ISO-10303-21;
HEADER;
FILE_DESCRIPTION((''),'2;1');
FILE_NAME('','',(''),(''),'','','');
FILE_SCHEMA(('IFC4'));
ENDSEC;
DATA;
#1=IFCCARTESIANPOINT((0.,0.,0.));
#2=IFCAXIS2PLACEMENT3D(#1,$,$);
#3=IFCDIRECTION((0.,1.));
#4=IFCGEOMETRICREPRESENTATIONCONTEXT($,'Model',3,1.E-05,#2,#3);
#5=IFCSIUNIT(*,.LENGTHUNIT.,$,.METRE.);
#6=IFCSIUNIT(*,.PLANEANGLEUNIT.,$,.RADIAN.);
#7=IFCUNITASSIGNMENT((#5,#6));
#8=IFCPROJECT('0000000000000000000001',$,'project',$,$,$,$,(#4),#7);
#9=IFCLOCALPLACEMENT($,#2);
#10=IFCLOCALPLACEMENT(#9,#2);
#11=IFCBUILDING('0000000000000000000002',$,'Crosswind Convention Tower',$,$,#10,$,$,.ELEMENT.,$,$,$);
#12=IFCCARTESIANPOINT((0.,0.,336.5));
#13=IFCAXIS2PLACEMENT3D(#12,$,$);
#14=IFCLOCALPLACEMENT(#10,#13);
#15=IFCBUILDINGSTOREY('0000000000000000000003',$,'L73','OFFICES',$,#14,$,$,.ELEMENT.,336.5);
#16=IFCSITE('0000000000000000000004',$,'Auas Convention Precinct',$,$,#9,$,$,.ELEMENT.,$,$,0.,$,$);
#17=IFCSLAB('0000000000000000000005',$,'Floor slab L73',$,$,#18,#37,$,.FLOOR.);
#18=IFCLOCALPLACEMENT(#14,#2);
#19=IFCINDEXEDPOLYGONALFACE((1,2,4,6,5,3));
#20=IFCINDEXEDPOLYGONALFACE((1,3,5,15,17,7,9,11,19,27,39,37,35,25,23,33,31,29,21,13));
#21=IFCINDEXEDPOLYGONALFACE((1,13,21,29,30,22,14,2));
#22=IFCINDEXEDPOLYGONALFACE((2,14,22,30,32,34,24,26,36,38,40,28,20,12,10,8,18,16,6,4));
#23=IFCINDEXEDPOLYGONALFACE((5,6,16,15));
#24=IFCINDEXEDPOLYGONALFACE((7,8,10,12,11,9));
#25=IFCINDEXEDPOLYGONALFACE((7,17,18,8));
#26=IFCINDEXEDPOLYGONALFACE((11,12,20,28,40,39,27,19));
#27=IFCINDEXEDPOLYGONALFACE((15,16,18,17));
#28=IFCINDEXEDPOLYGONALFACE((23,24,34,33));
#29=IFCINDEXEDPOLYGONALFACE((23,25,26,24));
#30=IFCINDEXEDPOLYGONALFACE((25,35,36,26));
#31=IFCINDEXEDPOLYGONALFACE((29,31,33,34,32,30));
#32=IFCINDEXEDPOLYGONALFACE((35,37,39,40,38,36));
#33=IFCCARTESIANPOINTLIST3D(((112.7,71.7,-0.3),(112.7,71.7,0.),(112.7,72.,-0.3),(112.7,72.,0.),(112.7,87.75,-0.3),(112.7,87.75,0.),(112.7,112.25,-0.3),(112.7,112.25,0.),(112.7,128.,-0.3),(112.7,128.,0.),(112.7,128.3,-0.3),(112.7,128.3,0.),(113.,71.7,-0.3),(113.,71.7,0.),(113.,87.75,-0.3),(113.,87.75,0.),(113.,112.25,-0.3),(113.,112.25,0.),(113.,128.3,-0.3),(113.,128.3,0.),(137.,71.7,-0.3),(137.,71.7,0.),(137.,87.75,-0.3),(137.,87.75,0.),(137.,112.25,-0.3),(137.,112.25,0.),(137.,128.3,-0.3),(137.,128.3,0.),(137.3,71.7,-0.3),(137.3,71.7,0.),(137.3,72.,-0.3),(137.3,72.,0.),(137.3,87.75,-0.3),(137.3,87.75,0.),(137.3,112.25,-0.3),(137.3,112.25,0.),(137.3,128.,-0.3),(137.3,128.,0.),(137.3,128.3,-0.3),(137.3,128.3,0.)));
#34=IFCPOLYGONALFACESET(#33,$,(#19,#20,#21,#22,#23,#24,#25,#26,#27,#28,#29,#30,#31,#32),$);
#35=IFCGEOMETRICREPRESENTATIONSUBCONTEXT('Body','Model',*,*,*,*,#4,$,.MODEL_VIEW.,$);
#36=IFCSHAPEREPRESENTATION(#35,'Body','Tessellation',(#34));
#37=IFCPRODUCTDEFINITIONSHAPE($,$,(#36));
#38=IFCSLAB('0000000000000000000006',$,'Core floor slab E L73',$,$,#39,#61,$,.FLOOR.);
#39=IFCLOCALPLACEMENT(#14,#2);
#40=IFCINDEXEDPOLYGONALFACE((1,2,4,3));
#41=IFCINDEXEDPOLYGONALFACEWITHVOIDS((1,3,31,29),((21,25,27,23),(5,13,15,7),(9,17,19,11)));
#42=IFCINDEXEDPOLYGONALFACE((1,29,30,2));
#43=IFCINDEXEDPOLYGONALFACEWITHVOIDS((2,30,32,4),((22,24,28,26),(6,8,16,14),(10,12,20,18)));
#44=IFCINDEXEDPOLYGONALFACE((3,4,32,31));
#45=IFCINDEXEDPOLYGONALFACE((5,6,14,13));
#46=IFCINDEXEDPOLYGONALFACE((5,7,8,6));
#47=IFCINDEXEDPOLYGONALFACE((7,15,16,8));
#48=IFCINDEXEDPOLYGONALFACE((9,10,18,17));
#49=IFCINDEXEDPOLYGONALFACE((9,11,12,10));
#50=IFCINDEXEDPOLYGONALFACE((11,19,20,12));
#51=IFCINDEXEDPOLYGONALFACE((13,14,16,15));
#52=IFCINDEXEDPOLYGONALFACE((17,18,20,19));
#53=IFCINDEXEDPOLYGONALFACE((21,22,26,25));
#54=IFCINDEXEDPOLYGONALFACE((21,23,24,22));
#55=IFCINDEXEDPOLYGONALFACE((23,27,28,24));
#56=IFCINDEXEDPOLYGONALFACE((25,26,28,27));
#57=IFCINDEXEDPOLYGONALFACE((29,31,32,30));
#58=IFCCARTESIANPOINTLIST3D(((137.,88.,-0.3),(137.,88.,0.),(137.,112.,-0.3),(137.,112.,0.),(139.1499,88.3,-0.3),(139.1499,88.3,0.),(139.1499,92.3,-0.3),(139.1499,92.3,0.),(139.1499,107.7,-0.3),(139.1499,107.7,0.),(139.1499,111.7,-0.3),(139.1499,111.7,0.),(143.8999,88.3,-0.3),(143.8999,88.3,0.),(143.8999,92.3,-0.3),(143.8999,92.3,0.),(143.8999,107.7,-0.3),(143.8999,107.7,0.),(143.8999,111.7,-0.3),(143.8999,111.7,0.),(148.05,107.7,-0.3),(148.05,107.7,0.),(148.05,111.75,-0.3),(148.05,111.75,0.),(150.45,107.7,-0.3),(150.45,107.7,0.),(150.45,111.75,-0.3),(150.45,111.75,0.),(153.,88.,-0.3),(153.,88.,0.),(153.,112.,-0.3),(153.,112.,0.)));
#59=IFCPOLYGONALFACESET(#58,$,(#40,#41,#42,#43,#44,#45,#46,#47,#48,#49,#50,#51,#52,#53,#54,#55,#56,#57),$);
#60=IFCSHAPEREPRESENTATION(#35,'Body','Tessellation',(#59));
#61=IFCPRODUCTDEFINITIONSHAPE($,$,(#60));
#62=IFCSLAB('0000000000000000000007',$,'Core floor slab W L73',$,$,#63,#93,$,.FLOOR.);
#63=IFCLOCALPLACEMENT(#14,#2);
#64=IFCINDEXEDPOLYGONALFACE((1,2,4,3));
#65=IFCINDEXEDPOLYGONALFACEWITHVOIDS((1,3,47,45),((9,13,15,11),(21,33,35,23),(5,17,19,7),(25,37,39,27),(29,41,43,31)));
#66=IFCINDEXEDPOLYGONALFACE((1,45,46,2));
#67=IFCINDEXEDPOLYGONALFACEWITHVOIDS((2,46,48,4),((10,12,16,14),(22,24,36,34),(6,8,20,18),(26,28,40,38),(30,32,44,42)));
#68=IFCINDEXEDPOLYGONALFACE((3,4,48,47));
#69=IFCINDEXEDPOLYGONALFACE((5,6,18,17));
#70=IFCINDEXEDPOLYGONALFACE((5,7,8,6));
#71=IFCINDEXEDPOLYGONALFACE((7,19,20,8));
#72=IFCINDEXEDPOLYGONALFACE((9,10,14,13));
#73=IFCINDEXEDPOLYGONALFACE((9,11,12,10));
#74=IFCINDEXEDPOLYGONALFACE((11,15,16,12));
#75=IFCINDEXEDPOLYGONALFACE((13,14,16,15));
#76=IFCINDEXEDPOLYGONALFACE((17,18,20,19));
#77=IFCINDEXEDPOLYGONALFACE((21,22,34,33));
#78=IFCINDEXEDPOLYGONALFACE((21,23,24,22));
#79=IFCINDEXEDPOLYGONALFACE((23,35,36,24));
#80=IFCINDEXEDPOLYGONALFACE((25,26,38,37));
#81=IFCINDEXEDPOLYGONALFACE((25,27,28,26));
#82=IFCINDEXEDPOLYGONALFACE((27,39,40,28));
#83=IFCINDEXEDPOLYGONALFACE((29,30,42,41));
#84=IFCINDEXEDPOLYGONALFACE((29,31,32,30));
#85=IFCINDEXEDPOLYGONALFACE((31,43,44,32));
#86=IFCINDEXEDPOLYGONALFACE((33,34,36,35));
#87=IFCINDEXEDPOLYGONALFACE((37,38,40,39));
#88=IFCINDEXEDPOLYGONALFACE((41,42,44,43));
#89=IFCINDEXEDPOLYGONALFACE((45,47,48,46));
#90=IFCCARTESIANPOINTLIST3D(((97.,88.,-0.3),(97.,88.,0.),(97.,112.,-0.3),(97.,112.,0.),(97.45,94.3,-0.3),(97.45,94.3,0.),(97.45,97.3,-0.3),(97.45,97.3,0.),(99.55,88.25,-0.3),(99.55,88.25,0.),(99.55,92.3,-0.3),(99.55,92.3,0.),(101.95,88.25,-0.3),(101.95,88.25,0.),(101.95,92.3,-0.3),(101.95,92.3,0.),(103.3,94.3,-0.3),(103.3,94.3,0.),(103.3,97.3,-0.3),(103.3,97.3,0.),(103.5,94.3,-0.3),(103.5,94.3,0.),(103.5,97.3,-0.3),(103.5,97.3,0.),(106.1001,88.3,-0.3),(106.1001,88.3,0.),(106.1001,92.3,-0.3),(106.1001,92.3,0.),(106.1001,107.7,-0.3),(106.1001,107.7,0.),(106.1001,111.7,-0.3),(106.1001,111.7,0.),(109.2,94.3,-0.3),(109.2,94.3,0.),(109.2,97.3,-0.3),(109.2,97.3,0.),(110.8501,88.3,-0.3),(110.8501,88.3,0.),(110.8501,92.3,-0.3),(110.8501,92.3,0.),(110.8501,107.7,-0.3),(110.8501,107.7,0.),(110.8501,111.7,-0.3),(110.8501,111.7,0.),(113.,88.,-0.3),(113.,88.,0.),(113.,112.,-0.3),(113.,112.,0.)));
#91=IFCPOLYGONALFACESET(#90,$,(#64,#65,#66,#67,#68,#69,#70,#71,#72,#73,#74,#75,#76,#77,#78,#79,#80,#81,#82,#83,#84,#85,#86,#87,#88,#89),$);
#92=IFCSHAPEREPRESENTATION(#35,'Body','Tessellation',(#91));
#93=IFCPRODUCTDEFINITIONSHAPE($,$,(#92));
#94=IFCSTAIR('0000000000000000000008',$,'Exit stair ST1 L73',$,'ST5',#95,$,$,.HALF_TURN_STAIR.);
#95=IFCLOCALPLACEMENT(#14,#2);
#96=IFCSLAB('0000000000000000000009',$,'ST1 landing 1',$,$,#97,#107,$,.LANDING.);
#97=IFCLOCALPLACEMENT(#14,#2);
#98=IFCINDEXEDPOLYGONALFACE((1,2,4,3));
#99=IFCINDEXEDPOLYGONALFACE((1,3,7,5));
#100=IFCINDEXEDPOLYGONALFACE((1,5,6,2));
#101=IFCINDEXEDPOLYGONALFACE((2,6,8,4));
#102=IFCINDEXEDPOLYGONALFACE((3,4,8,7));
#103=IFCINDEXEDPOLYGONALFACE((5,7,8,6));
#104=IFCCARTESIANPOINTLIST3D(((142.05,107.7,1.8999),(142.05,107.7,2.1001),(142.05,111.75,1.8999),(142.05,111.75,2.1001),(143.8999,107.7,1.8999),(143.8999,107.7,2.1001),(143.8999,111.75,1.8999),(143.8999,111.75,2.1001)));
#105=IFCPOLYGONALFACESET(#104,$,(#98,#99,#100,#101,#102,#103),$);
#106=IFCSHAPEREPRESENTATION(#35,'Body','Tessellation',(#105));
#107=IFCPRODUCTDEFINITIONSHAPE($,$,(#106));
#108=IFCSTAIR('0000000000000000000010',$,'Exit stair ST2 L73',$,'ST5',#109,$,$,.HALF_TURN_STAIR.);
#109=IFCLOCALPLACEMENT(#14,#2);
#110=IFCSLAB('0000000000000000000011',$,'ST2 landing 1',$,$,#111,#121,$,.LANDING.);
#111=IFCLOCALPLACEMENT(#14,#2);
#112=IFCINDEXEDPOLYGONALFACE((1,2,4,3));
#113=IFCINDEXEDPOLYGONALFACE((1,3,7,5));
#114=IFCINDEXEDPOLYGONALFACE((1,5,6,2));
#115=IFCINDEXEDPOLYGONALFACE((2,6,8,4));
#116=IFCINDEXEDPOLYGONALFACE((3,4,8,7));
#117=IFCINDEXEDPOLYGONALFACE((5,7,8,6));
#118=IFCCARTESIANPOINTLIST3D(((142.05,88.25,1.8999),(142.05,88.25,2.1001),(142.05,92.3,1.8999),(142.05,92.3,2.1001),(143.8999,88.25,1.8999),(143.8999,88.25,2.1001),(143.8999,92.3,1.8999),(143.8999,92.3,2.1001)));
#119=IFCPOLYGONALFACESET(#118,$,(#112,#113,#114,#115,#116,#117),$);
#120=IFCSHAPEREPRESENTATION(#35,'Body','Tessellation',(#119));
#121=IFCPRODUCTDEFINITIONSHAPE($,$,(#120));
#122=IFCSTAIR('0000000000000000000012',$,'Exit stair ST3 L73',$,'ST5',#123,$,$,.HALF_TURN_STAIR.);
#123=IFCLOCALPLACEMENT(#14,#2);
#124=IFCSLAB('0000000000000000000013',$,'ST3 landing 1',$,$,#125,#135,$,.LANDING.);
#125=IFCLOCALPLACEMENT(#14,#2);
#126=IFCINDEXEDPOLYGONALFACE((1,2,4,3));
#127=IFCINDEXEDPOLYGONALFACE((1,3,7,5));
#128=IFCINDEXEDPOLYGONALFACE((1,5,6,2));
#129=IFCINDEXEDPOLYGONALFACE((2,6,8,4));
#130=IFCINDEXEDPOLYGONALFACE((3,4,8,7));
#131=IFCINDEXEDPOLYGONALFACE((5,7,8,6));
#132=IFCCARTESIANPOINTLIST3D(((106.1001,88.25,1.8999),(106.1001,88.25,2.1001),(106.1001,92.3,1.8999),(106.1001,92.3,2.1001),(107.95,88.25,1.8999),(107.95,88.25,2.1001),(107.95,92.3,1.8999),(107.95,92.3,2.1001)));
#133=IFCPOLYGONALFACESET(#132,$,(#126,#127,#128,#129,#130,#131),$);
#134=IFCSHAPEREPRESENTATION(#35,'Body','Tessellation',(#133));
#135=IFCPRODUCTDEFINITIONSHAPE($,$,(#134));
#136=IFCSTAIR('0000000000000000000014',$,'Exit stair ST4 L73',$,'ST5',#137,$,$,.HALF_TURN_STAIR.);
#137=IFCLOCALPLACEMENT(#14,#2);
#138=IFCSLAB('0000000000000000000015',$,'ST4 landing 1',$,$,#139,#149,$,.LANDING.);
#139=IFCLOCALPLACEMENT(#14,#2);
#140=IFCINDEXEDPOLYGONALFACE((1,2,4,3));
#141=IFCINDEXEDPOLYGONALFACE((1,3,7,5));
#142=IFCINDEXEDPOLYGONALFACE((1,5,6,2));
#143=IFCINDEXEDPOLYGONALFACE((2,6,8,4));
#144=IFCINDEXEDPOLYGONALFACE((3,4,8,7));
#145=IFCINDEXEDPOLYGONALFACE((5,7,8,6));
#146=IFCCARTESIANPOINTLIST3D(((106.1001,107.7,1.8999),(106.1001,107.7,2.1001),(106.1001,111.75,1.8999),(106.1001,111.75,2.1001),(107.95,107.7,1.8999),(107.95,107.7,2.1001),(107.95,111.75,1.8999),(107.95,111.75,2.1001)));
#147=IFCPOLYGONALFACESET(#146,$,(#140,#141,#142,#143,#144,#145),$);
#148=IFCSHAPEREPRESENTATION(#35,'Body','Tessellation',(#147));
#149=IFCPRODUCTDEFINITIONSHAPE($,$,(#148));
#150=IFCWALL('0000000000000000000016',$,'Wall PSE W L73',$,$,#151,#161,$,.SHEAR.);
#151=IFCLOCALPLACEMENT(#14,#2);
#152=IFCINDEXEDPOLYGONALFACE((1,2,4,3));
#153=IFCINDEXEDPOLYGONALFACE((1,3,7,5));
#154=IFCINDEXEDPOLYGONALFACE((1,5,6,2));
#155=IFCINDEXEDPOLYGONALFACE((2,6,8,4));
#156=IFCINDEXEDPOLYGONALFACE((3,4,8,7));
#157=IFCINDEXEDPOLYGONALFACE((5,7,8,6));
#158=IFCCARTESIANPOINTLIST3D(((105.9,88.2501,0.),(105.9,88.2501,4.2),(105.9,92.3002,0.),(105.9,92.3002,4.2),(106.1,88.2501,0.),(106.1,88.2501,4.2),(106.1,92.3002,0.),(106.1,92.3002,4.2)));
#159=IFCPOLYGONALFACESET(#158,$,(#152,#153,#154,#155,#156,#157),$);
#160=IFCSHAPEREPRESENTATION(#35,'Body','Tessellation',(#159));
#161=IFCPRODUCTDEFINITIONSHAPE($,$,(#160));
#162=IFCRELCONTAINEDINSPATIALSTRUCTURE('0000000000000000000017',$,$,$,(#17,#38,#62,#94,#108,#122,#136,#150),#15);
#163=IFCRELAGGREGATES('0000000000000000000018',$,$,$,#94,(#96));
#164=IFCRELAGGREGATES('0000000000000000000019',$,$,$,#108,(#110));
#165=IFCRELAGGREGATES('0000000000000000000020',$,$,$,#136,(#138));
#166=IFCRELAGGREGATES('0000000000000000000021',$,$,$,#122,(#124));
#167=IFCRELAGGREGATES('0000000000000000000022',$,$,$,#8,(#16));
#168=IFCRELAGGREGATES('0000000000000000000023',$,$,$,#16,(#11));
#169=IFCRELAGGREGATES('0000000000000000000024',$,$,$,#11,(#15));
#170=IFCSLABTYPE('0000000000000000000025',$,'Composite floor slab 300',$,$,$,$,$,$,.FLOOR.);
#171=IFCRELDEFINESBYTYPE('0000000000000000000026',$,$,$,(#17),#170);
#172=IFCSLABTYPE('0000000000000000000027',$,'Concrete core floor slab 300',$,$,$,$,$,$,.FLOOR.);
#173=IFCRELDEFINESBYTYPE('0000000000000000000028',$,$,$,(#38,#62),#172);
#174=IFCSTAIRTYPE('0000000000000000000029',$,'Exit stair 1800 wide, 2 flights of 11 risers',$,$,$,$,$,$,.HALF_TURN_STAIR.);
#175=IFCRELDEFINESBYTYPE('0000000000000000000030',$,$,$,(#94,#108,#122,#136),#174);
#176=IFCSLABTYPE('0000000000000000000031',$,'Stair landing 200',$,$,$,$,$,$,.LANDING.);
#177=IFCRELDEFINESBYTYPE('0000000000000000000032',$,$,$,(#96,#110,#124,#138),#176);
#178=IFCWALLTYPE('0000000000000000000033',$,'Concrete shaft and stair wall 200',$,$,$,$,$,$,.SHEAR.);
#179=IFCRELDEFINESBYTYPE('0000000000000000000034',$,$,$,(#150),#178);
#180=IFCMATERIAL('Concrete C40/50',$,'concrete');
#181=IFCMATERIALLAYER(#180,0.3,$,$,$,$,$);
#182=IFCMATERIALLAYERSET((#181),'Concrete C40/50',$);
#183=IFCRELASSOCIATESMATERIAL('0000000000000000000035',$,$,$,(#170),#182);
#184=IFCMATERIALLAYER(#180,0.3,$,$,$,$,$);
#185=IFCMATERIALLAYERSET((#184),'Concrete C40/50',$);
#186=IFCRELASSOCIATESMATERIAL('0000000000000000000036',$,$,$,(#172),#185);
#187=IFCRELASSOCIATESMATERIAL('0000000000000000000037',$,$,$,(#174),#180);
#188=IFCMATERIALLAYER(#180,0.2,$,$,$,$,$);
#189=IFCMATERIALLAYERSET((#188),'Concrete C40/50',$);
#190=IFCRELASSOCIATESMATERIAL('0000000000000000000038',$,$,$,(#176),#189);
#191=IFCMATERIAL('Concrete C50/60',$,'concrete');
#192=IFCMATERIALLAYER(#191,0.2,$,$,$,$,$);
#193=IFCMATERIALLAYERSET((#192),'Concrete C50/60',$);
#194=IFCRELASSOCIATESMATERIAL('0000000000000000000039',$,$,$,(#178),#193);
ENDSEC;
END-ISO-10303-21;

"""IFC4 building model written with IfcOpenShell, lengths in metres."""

from ifc_helpers import new_model, si_unit, direction, frame, frame_2d, origin, place, context, subcontext, project, spatial, polyline, rectangle, outline, extrude, material, layer, layer_set, type_object, element, aggregate, save


model = new_model("IFC4")

# Units and contexts
model_context = context("Model", 3, precision=1e-05, world=origin(), true_north=direction((0.0, 1.0)))
body_context = subcontext(model_context, "Body", "Model", "MODEL_VIEW")
ifc_project = project(units=[si_unit("LENGTHUNIT", "METRE"), si_unit("PLANEANGLEUNIT", "RADIAN")], contexts=[model_context])

# Site, building, storey
site_placement = place(None, origin())
site = spatial("IfcSite", under=ifc_project, at=site_placement, Name="Auas Convention Precinct", CompositionType="ELEMENT", RefElevation=0.0)
building_placement = place(site_placement, origin())
building = spatial("IfcBuilding", under=site, at=building_placement, Name="Crosswind Convention Tower", CompositionType="ELEMENT")
storey_placement = place(building_placement, frame((0.0, 0.0, 336.5)))
storey = spatial("IfcBuildingStorey", under=building, at=storey_placement, Name="L73", Description="OFFICES", CompositionType="ELEMENT", Elevation=336.5)

# Slabs
ifc_material_1 = material(Name="Concrete C40/50", Category="concrete")
ifc_layer_1 = layer(ifc_material_1, 0.3)
ifc_layer_set_1 = layer_set([ifc_layer_1], Name="Concrete C40/50")
slab_type_1 = type_object("IfcSlabType", Name="Composite floor slab 300", PredefinedType="FLOOR", material=ifc_layer_set_1)
slab_1_placement = place(storey_placement, frame((0.0, 0.0, -0.3)))
element("IfcSlab", 1, at=slab_1_placement, inside=storey, type_object=slab_type_1, Name="Floor slab L73", PredefinedType="FLOOR", context=body_context, shape_type="SweptSolid", body=[
    extrude(outline(polyline([(137.3, 71.7), (137.0, 71.7), (113.0, 71.7), (112.7, 71.7), (112.7, 72.0), (112.7, 87.75), (113.0, 87.75), (113.0, 112.25), (112.7, 112.25), (112.7, 128.0), (112.7, 128.3), (113.0, 128.3), (137.0, 128.3), (137.3, 128.3), (137.3, 128.0), (137.3, 112.25), (137.0, 112.25), (137.0, 87.75), (137.3, 87.75), (137.3, 72.0), (137.3, 71.7)])), origin(), (0.0, 0.0, 1.0), 0.3),
])
ifc_layer_2 = layer(ifc_material_1, 0.3)
ifc_layer_set_2 = layer_set([ifc_layer_2], Name="Concrete C40/50")
slab_type_2 = type_object("IfcSlabType", Name="Concrete core floor slab 300", PredefinedType="FLOOR", material=ifc_layer_set_2)
slab_2_placement = place(storey_placement, frame((0.0, 0.0, -0.3)))
element("IfcSlab", 2, at=slab_2_placement, inside=storey, type_object=slab_type_2, Name="Core floor slab E L73", PredefinedType="FLOOR", context=body_context, shape_type="SweptSolid", body=[
    extrude(outline(polyline([(137.0, 88.0), (153.0, 88.0), (153.0, 112.0), (137.0, 112.0), (137.0, 88.0)]), holes=[polyline([(150.45, 107.7), (150.45, 111.75), (148.05, 111.75), (148.05, 107.7), (150.45, 107.7)]), polyline([(143.8999, 107.7), (143.8999, 111.7), (139.1499, 111.7), (139.1499, 107.7), (143.8999, 107.7)]), polyline([(143.8999, 88.3), (143.8999, 92.3), (139.1499, 92.3), (139.1499, 88.3), (143.8999, 88.3)])]), origin(), (0.0, 0.0, 1.0), 0.3),
])
slab_3_placement = place(storey_placement, frame((0.0, 0.0, -0.3)))
element("IfcSlab", 3, at=slab_3_placement, inside=storey, type_object=slab_type_2, Name="Core floor slab W L73", PredefinedType="FLOOR", context=body_context, shape_type="SweptSolid", body=[
    extrude(outline(polyline([(97.0, 88.0), (113.0, 88.0), (113.0, 112.0), (97.0, 112.0), (97.0, 88.0)]), holes=[polyline([(109.2, 94.3), (109.2, 97.3), (103.5, 97.3), (103.5, 94.3), (109.2, 94.3)]), polyline([(103.3, 94.3), (103.3, 97.3), (97.45, 97.3), (97.45, 94.3), (103.3, 94.3)]), polyline([(101.95, 88.25), (101.95, 92.3), (99.55, 92.3), (99.55, 88.25), (101.95, 88.25)]), polyline([(110.8501, 88.3), (110.8501, 92.3), (106.1001, 92.3), (106.1001, 88.3), (110.8501, 88.3)]), polyline([(110.8501, 107.7), (110.8501, 111.7), (106.1001, 111.7), (106.1001, 107.7), (110.8501, 107.7)])]), origin(), (0.0, 0.0, 1.0), 0.3),
])

# Stairs, slabs
stair_type = type_object("IfcStairType", Name="Exit stair 1800 wide, 2 flights of 11 risers", PredefinedType="HALF_TURN_STAIR", material=ifc_material_1)
stair_1_placement = place(storey_placement, origin())
stair_1 = element("IfcStair", 4, at=stair_1_placement, inside=storey, type_object=stair_type, Name="Exit stair ST1 L73", ObjectType="ST5", PredefinedType="HALF_TURN_STAIR")
ifc_layer_3 = layer(ifc_material_1, 0.2)
ifc_layer_set_3 = layer_set([ifc_layer_3], Name="Concrete C40/50")
slab_type_3 = type_object("IfcSlabType", Name="Stair landing 200", PredefinedType="LANDING", material=ifc_layer_set_3)
slab_4_placement = place(storey_placement, frame((0.0, 0.0, 1.8999)))
slab_4 = element("IfcSlab", 5, at=slab_4_placement, type_object=slab_type_3, Name="ST1 landing 1", PredefinedType="LANDING", context=body_context, shape_type="SweptSolid", body=[
    extrude(outline(polyline([(143.8999, 107.7), (143.8999, 111.75), (142.05, 111.75), (142.05, 107.7), (143.8999, 107.7)])), origin(), (0.0, 0.0, 1.0), 0.2002),
])
aggregate(stair_1, [slab_4])
stair_2_placement = place(storey_placement, origin())
stair_2 = element("IfcStair", 6, at=stair_2_placement, inside=storey, type_object=stair_type, Name="Exit stair ST2 L73", ObjectType="ST5", PredefinedType="HALF_TURN_STAIR")
slab_5_placement = place(storey_placement, frame((0.0, 0.0, 1.8999)))
slab_5 = element("IfcSlab", 7, at=slab_5_placement, type_object=slab_type_3, Name="ST2 landing 1", PredefinedType="LANDING", context=body_context, shape_type="SweptSolid", body=[
    extrude(outline(polyline([(143.8999, 88.25), (143.8999, 92.3), (142.05, 92.3), (142.05, 88.25), (143.8999, 88.25)])), origin(), (0.0, 0.0, 1.0), 0.2002),
])
aggregate(stair_2, [slab_5])
stair_3_placement = place(storey_placement, origin())
stair_3 = element("IfcStair", 8, at=stair_3_placement, inside=storey, type_object=stair_type, Name="Exit stair ST3 L73", ObjectType="ST5", PredefinedType="HALF_TURN_STAIR")
slab_6_placement = place(storey_placement, frame((0.0, 0.0, 1.8999)))
slab_6 = element("IfcSlab", 9, at=slab_6_placement, type_object=slab_type_3, Name="ST3 landing 1", PredefinedType="LANDING", context=body_context, shape_type="SweptSolid", body=[
    extrude(outline(polyline([(107.95, 88.25), (107.95, 92.3), (106.1001, 92.3), (106.1001, 88.25), (107.95, 88.25)])), origin(), (0.0, 0.0, 1.0), 0.2002),
])
stair_4_placement = place(storey_placement, origin())
stair_4 = element("IfcStair", 10, at=stair_4_placement, inside=storey, type_object=stair_type, Name="Exit stair ST4 L73", ObjectType="ST5", PredefinedType="HALF_TURN_STAIR")
slab_7_placement = place(storey_placement, frame((0.0, 0.0, 1.8999)))
slab_7 = element("IfcSlab", 11, at=slab_7_placement, type_object=slab_type_3, Name="ST4 landing 1", PredefinedType="LANDING", context=body_context, shape_type="SweptSolid", body=[
    extrude(outline(polyline([(107.95, 107.7), (107.95, 111.75), (106.1001, 111.75), (106.1001, 107.7), (107.95, 107.7)])), origin(), (0.0, 0.0, 1.0), 0.2002),
])
aggregate(stair_4, [slab_7])

# Wall
ifc_material_2 = material(Name="Concrete C50/60", Category="concrete")
ifc_layer_4 = layer(ifc_material_2, 0.2)
ifc_layer_set_4 = layer_set([ifc_layer_4], Name="Concrete C50/60")
wall_type_1 = type_object("IfcWallType", Name="Concrete shaft and stair wall 200", PredefinedType="SHEAR", material=ifc_layer_set_4)
wall_1_placement = place(storey_placement, frame((106.0, 92.3, 0.0), z_axis=(0.0, 0.0, 1.0), x_axis=(0.0, -1.0, 0.0)))
element("IfcWall", 12, at=wall_1_placement, inside=storey, type_object=wall_type_1, Name="Wall PSE W L73", PredefinedType="SHEAR", context=body_context, shape_type="SweptSolid", body=[
    extrude(rectangle(XDim=4.05, YDim=0.2, at=frame_2d((2.0249, 0.0))), origin(), (0.0, 0.0, 1.0), 4.2),
])

aggregate(stair_3, [slab_6])

save(model, "model.ifc")
